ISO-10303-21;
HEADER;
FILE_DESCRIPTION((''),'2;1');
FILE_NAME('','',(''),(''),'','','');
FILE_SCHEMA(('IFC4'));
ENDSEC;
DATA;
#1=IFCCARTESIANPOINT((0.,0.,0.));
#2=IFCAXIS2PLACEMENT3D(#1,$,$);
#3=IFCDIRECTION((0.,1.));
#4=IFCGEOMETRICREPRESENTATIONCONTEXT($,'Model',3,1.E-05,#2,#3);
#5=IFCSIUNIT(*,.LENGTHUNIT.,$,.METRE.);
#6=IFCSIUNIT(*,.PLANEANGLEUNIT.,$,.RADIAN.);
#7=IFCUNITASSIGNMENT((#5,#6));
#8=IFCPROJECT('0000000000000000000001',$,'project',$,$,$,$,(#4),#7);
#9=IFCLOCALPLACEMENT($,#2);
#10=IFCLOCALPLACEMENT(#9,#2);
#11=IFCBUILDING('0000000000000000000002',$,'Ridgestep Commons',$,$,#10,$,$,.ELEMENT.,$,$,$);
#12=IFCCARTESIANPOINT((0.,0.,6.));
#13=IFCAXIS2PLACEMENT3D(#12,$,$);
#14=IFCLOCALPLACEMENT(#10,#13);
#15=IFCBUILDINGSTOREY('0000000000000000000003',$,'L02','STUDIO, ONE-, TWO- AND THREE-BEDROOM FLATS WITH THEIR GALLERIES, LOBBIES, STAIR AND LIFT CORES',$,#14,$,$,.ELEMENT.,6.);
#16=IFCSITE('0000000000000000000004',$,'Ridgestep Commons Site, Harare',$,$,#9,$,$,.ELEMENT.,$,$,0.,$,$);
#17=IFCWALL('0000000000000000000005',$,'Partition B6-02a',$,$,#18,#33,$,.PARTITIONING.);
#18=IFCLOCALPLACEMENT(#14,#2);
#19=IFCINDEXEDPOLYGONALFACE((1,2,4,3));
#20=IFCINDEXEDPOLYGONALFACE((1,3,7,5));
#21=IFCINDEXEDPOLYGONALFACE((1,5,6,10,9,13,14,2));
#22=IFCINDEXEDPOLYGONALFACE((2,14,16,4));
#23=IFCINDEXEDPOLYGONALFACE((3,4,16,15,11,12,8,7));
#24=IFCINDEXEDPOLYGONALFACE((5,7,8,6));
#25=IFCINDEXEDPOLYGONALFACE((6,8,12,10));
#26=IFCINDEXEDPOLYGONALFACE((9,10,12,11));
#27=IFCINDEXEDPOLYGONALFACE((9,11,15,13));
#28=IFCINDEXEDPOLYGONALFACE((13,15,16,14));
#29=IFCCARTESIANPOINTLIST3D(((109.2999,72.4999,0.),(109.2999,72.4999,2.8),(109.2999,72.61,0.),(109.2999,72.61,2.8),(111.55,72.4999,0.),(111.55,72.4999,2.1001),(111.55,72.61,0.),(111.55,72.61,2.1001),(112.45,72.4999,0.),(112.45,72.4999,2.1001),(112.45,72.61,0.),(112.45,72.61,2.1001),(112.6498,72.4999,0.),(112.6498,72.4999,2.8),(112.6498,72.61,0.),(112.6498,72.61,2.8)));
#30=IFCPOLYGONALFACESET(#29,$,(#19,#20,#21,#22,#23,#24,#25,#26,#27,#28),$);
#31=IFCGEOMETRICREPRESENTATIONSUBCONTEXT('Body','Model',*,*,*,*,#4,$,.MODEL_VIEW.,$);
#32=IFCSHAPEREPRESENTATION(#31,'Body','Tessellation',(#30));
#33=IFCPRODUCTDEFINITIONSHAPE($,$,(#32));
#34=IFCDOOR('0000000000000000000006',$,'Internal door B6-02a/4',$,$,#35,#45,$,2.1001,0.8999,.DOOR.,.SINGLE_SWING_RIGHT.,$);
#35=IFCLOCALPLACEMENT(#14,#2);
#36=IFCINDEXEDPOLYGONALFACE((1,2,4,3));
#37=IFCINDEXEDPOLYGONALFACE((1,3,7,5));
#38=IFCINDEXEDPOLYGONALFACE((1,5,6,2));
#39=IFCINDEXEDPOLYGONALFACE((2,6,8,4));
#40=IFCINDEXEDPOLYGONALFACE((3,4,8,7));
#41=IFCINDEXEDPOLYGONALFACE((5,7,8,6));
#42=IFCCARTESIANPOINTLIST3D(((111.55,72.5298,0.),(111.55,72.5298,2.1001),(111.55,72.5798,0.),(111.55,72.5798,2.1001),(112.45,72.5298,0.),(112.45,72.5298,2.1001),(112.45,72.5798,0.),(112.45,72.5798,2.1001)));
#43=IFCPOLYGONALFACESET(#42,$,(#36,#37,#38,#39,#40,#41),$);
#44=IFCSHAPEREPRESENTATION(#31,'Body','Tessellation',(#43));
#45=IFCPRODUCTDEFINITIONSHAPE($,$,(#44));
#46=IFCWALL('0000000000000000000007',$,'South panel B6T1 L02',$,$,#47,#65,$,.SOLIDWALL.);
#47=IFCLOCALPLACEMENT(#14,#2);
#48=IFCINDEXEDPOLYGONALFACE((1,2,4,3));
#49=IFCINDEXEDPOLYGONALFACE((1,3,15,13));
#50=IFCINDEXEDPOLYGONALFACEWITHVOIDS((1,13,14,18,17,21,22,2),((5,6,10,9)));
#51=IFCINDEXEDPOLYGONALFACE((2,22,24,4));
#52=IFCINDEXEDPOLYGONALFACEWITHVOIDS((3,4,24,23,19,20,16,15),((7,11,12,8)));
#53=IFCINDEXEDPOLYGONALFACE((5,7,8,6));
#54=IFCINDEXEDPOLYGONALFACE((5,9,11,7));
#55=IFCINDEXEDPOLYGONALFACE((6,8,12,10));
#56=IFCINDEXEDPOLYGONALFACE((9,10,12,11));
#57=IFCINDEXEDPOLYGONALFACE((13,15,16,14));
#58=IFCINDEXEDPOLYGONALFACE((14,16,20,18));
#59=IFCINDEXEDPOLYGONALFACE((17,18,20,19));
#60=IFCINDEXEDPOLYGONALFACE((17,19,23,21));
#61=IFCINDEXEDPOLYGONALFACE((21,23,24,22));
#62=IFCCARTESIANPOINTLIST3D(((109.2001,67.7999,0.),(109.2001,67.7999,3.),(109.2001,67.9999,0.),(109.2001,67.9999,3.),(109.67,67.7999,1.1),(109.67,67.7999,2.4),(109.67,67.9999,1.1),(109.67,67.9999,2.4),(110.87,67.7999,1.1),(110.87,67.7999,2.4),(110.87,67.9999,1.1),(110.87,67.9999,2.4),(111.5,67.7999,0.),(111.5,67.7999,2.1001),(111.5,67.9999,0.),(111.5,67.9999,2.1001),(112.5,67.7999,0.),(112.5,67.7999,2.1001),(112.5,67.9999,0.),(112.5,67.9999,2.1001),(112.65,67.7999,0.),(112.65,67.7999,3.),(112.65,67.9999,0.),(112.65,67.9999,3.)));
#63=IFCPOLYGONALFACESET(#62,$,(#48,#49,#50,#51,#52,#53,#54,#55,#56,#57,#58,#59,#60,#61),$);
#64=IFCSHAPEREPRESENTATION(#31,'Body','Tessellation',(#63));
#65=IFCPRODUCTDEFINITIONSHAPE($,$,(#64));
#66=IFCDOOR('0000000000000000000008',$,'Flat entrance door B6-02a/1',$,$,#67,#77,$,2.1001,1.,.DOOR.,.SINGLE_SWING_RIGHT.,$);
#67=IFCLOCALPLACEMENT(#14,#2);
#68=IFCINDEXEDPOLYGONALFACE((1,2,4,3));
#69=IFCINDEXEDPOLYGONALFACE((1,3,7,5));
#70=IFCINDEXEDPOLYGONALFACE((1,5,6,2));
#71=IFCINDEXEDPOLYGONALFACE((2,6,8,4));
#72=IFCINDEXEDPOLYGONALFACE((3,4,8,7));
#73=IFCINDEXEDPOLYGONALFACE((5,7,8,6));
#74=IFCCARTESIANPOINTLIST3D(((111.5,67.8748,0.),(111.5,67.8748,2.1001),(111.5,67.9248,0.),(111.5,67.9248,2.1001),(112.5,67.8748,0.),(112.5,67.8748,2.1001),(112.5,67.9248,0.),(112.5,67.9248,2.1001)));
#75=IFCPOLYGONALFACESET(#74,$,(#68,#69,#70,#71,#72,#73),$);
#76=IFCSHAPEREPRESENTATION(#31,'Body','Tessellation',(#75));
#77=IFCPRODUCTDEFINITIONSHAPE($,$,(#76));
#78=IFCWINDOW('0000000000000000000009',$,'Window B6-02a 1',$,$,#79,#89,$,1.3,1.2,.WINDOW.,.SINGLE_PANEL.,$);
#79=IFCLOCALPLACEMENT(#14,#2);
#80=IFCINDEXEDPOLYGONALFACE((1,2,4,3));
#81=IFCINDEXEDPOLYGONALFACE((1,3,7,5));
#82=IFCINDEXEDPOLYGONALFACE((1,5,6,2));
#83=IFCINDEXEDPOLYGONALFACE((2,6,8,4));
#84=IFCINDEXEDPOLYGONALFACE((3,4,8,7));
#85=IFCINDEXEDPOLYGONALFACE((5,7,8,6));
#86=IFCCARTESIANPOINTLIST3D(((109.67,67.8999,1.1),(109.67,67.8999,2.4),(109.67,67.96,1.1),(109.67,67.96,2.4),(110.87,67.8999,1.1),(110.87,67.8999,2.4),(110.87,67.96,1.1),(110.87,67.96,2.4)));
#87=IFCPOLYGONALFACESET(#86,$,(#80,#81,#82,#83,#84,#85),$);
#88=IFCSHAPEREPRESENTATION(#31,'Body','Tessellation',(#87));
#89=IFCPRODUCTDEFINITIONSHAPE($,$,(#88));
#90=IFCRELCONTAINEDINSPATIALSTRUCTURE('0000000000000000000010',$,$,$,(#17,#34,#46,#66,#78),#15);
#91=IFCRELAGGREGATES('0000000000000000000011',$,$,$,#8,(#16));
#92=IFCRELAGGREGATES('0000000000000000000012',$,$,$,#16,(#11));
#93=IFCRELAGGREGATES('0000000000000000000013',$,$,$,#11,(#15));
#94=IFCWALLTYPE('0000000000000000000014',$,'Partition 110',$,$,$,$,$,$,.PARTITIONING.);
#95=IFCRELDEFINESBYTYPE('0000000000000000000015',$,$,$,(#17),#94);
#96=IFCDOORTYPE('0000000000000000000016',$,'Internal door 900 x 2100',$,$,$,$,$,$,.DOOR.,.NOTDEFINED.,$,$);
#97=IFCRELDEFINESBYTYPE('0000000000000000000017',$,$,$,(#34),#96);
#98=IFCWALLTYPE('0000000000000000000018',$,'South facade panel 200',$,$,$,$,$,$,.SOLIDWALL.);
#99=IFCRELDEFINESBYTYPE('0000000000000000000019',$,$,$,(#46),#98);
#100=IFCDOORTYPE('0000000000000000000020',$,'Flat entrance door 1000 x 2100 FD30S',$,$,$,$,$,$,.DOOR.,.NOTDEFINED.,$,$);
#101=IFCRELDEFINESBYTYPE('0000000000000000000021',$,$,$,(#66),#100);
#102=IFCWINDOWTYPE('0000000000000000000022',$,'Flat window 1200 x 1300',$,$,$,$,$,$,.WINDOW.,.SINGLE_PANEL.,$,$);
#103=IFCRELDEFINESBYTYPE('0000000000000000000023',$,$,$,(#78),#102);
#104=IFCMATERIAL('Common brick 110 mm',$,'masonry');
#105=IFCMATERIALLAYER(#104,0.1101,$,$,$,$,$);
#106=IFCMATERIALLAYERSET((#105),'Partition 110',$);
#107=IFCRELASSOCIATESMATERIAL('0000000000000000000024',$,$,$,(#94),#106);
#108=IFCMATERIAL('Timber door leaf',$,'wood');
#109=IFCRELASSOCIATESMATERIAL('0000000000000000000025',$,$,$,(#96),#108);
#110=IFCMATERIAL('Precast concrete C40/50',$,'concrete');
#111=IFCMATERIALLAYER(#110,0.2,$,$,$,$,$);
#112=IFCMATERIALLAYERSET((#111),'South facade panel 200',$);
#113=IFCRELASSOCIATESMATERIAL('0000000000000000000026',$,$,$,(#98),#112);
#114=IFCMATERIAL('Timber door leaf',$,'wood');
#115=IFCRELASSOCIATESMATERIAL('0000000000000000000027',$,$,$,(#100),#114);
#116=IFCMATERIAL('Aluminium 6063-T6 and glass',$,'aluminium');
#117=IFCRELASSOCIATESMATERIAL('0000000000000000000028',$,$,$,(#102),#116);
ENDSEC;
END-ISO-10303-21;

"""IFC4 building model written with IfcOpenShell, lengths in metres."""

from ifc_helpers import new_model, si_unit, direction, frame, frame_2d, origin, place, context, subcontext, project, spatial, rectangle, extrude, material, layer, layer_set, type_object, element, fill, save


model = new_model("IFC4")

# Units and contexts
model_context = context("Model", 3, precision=1e-05, world=origin(), true_north=direction((0.0, 1.0)))
body_context = subcontext(model_context, "Body", "Model", "MODEL_VIEW")
ifc_project = project(units=[si_unit("LENGTHUNIT", "METRE"), si_unit("PLANEANGLEUNIT", "RADIAN")], contexts=[model_context])

# Site, building, storey
site_placement = place(None, origin())
site = spatial("IfcSite", under=ifc_project, at=site_placement, Name="Ridgestep Commons Site, Harare", CompositionType="ELEMENT", RefElevation=0.0)
building_placement = place(site_placement, origin())
building = spatial("IfcBuilding", under=site, at=building_placement, Name="Ridgestep Commons", CompositionType="ELEMENT")
storey_placement = place(building_placement, frame((0.0, 0.0, 6.0)))
storey = spatial("IfcBuildingStorey", under=building, at=storey_placement, Name="L02", Description="STUDIO, ONE-, TWO- AND THREE-BEDROOM FLATS WITH THEIR GALLERIES, LOBBIES, STAIR AND LIFT CORES", CompositionType="ELEMENT", Elevation=6.0)

# Shared definitions
ifc_material_1 = material(Name="Common brick 110 mm", Category="masonry")
ifc_layer_1 = layer(ifc_material_1, 0.1101)
ifc_layer_set_1 = layer_set([ifc_layer_1], Name="Partition 110")
wall_type_1 = type_object("IfcWallType", Name="Partition 110", PredefinedType="PARTITIONING", material=ifc_layer_set_1)

# Wall, opening, door
wall_1_placement = place(storey_placement, frame((109.3, 72.5549, 0.0), z_axis=(0.0, 0.0, 1.0), x_axis=(1.0, 0.0, 0.0)))
wall_1 = element("IfcWall", 1, at=wall_1_placement, inside=storey, type_object=wall_type_1, Name="Partition B6-02a", PredefinedType="PARTITIONING", context=body_context, shape_type="SweptSolid", body=[
    extrude(rectangle(XDim=3.3499, YDim=0.1101, at=frame_2d((1.6748, 0.0))), origin(), (0.0, 0.0, 1.0), 2.8),
])
opening_1_placement = place(wall_1_placement, frame((2.25, 0.0, 0.0)))
opening_1 = element("IfcOpeningElement", 2, at=opening_1_placement, cuts=wall_1, PredefinedType="OPENING", context=body_context, shape_type="SweptSolid", body=[
    extrude(rectangle(XDim=0.8999, YDim=2.1001, at=frame_2d((0.45, 1.05))), frame((0.0, 0.0649, 0.0), z_axis=(0.0, -1.0, 0.0), x_axis=(1.0, 0.0, 0.0)), (0.0, 0.0, 1.0), 0.1301),
])
ifc_material_2 = material(Name="Timber door leaf", Category="wood")
door_type_1 = type_object("IfcDoorType", Name="Internal door 900 x 2100", OperationType="NOTDEFINED", PredefinedType="DOOR", material=ifc_material_2)
door_1_placement = place(opening_1_placement, origin())
door_1 = element("IfcDoor", 3, at=door_1_placement, inside=storey, type_object=door_type_1, Name="Internal door B6-02a/4", OperationType="SINGLE_SWING_RIGHT", OverallHeight=2.1001, OverallWidth=0.8999, PredefinedType="DOOR", context=body_context, shape_type="SweptSolid", body=[
    extrude(rectangle(XDim=0.8999, YDim=2.1001, at=frame_2d((0.45, 1.05))), frame((0.0, 0.0249, 0.0), z_axis=(0.0, -1.0, 0.0), x_axis=(1.0, 0.0, 0.0)), (0.0, 0.0, 1.0), 0.05),
])
fill(opening_1, door_1)

# Wall, openings, door, window
ifc_material_3 = material(Name="Precast concrete C40/50", Category="concrete")
ifc_layer_2 = layer(ifc_material_3, 0.2)
ifc_layer_set_2 = layer_set([ifc_layer_2], Name="South facade panel 200")
wall_type_2 = type_object("IfcWallType", Name="South facade panel 200", PredefinedType="SOLIDWALL", material=ifc_layer_set_2)
wall_2_placement = place(storey_placement, frame((109.2, 67.8999, 0.0), z_axis=(0.0, 0.0, 1.0), x_axis=(1.0, 0.0, 0.0)))
wall_2 = element("IfcWall", 4, at=wall_2_placement, inside=storey, type_object=wall_type_2, Name="South panel B6T1 L02", PredefinedType="SOLIDWALL", context=body_context, shape_type="SweptSolid", body=[
    extrude(rectangle(XDim=3.45, YDim=0.2, at=frame_2d((1.7251, 0.0))), origin(), (0.0, 0.0, 1.0), 3.0),
])
opening_2_placement = place(wall_2_placement, frame((0.47, 0.0, 1.1001)))
opening_2 = element("IfcOpeningElement", 5, at=opening_2_placement, cuts=wall_2, PredefinedType="OPENING", context=body_context, shape_type="SweptSolid", body=[
    extrude(rectangle(XDim=1.2, YDim=1.3, at=frame_2d((0.6001, 0.6499))), frame((0.0, 0.1099, 0.0), z_axis=(0.0, -1.0, 0.0), x_axis=(1.0, 0.0, 0.0)), (0.0, 0.0, 1.0), 0.22),
])
opening_3_placement = place(wall_2_placement, frame((2.3, 0.0, 0.0)))
opening_3 = element("IfcOpeningElement", 6, at=opening_3_placement, cuts=wall_2, PredefinedType="OPENING", context=body_context, shape_type="SweptSolid", body=[
    extrude(rectangle(XDim=1.0, YDim=2.1001, at=frame_2d((0.5, 1.05))), frame((0.0, 0.1099, 0.0), z_axis=(0.0, -1.0, 0.0), x_axis=(1.0, 0.0, 0.0)), (0.0, 0.0, 1.0), 0.22),
])
ifc_material_4 = material(Name="Timber door leaf", Category="wood")
door_type_2 = type_object("IfcDoorType", Name="Flat entrance door 1000 x 2100 FD30S", OperationType="NOTDEFINED", PredefinedType="DOOR", material=ifc_material_4)
door_2_placement = place(opening_3_placement, origin())
door_2 = element("IfcDoor", 7, at=door_2_placement, inside=storey, type_object=door_type_2, Name="Flat entrance door B6-02a/1", OperationType="SINGLE_SWING_RIGHT", OverallHeight=2.1001, OverallWidth=1.0, PredefinedType="DOOR", context=body_context, shape_type="SweptSolid", body=[
    extrude(rectangle(XDim=1.0, YDim=2.1001, at=frame_2d((0.5, 1.05))), frame((0.0, 0.0249, 0.0), z_axis=(0.0, -1.0, 0.0), x_axis=(1.0, 0.0, 0.0)), (0.0, 0.0, 1.0), 0.05),
])
fill(opening_3, door_2)
ifc_material_5 = material(Name="Aluminium 6063-T6 and glass", Category="aluminium")
window_type_1 = type_object("IfcWindowType", Name="Flat window 1200 x 1300", PartitioningType="SINGLE_PANEL", PredefinedType="WINDOW", material=ifc_material_5)
window_1_placement = place(opening_2_placement, origin())
window_1 = element("IfcWindow", 8, at=window_1_placement, inside=storey, type_object=window_type_1, Name="Window B6-02a 1", OverallHeight=1.3, OverallWidth=1.2, PartitioningType="SINGLE_PANEL", PredefinedType="WINDOW", context=body_context, shape_type="SweptSolid", body=[
    extrude(rectangle(XDim=1.2, YDim=1.3, at=frame_2d((0.6001, 0.6499))), frame((0.0, 0.0601, 0.0), z_axis=(0.0, -1.0, 0.0), x_axis=(1.0, 0.0, 0.0)), (0.0, 0.0, 1.0), 0.0601),
])
fill(opening_2, window_1)

save(model, "model.ifc")
